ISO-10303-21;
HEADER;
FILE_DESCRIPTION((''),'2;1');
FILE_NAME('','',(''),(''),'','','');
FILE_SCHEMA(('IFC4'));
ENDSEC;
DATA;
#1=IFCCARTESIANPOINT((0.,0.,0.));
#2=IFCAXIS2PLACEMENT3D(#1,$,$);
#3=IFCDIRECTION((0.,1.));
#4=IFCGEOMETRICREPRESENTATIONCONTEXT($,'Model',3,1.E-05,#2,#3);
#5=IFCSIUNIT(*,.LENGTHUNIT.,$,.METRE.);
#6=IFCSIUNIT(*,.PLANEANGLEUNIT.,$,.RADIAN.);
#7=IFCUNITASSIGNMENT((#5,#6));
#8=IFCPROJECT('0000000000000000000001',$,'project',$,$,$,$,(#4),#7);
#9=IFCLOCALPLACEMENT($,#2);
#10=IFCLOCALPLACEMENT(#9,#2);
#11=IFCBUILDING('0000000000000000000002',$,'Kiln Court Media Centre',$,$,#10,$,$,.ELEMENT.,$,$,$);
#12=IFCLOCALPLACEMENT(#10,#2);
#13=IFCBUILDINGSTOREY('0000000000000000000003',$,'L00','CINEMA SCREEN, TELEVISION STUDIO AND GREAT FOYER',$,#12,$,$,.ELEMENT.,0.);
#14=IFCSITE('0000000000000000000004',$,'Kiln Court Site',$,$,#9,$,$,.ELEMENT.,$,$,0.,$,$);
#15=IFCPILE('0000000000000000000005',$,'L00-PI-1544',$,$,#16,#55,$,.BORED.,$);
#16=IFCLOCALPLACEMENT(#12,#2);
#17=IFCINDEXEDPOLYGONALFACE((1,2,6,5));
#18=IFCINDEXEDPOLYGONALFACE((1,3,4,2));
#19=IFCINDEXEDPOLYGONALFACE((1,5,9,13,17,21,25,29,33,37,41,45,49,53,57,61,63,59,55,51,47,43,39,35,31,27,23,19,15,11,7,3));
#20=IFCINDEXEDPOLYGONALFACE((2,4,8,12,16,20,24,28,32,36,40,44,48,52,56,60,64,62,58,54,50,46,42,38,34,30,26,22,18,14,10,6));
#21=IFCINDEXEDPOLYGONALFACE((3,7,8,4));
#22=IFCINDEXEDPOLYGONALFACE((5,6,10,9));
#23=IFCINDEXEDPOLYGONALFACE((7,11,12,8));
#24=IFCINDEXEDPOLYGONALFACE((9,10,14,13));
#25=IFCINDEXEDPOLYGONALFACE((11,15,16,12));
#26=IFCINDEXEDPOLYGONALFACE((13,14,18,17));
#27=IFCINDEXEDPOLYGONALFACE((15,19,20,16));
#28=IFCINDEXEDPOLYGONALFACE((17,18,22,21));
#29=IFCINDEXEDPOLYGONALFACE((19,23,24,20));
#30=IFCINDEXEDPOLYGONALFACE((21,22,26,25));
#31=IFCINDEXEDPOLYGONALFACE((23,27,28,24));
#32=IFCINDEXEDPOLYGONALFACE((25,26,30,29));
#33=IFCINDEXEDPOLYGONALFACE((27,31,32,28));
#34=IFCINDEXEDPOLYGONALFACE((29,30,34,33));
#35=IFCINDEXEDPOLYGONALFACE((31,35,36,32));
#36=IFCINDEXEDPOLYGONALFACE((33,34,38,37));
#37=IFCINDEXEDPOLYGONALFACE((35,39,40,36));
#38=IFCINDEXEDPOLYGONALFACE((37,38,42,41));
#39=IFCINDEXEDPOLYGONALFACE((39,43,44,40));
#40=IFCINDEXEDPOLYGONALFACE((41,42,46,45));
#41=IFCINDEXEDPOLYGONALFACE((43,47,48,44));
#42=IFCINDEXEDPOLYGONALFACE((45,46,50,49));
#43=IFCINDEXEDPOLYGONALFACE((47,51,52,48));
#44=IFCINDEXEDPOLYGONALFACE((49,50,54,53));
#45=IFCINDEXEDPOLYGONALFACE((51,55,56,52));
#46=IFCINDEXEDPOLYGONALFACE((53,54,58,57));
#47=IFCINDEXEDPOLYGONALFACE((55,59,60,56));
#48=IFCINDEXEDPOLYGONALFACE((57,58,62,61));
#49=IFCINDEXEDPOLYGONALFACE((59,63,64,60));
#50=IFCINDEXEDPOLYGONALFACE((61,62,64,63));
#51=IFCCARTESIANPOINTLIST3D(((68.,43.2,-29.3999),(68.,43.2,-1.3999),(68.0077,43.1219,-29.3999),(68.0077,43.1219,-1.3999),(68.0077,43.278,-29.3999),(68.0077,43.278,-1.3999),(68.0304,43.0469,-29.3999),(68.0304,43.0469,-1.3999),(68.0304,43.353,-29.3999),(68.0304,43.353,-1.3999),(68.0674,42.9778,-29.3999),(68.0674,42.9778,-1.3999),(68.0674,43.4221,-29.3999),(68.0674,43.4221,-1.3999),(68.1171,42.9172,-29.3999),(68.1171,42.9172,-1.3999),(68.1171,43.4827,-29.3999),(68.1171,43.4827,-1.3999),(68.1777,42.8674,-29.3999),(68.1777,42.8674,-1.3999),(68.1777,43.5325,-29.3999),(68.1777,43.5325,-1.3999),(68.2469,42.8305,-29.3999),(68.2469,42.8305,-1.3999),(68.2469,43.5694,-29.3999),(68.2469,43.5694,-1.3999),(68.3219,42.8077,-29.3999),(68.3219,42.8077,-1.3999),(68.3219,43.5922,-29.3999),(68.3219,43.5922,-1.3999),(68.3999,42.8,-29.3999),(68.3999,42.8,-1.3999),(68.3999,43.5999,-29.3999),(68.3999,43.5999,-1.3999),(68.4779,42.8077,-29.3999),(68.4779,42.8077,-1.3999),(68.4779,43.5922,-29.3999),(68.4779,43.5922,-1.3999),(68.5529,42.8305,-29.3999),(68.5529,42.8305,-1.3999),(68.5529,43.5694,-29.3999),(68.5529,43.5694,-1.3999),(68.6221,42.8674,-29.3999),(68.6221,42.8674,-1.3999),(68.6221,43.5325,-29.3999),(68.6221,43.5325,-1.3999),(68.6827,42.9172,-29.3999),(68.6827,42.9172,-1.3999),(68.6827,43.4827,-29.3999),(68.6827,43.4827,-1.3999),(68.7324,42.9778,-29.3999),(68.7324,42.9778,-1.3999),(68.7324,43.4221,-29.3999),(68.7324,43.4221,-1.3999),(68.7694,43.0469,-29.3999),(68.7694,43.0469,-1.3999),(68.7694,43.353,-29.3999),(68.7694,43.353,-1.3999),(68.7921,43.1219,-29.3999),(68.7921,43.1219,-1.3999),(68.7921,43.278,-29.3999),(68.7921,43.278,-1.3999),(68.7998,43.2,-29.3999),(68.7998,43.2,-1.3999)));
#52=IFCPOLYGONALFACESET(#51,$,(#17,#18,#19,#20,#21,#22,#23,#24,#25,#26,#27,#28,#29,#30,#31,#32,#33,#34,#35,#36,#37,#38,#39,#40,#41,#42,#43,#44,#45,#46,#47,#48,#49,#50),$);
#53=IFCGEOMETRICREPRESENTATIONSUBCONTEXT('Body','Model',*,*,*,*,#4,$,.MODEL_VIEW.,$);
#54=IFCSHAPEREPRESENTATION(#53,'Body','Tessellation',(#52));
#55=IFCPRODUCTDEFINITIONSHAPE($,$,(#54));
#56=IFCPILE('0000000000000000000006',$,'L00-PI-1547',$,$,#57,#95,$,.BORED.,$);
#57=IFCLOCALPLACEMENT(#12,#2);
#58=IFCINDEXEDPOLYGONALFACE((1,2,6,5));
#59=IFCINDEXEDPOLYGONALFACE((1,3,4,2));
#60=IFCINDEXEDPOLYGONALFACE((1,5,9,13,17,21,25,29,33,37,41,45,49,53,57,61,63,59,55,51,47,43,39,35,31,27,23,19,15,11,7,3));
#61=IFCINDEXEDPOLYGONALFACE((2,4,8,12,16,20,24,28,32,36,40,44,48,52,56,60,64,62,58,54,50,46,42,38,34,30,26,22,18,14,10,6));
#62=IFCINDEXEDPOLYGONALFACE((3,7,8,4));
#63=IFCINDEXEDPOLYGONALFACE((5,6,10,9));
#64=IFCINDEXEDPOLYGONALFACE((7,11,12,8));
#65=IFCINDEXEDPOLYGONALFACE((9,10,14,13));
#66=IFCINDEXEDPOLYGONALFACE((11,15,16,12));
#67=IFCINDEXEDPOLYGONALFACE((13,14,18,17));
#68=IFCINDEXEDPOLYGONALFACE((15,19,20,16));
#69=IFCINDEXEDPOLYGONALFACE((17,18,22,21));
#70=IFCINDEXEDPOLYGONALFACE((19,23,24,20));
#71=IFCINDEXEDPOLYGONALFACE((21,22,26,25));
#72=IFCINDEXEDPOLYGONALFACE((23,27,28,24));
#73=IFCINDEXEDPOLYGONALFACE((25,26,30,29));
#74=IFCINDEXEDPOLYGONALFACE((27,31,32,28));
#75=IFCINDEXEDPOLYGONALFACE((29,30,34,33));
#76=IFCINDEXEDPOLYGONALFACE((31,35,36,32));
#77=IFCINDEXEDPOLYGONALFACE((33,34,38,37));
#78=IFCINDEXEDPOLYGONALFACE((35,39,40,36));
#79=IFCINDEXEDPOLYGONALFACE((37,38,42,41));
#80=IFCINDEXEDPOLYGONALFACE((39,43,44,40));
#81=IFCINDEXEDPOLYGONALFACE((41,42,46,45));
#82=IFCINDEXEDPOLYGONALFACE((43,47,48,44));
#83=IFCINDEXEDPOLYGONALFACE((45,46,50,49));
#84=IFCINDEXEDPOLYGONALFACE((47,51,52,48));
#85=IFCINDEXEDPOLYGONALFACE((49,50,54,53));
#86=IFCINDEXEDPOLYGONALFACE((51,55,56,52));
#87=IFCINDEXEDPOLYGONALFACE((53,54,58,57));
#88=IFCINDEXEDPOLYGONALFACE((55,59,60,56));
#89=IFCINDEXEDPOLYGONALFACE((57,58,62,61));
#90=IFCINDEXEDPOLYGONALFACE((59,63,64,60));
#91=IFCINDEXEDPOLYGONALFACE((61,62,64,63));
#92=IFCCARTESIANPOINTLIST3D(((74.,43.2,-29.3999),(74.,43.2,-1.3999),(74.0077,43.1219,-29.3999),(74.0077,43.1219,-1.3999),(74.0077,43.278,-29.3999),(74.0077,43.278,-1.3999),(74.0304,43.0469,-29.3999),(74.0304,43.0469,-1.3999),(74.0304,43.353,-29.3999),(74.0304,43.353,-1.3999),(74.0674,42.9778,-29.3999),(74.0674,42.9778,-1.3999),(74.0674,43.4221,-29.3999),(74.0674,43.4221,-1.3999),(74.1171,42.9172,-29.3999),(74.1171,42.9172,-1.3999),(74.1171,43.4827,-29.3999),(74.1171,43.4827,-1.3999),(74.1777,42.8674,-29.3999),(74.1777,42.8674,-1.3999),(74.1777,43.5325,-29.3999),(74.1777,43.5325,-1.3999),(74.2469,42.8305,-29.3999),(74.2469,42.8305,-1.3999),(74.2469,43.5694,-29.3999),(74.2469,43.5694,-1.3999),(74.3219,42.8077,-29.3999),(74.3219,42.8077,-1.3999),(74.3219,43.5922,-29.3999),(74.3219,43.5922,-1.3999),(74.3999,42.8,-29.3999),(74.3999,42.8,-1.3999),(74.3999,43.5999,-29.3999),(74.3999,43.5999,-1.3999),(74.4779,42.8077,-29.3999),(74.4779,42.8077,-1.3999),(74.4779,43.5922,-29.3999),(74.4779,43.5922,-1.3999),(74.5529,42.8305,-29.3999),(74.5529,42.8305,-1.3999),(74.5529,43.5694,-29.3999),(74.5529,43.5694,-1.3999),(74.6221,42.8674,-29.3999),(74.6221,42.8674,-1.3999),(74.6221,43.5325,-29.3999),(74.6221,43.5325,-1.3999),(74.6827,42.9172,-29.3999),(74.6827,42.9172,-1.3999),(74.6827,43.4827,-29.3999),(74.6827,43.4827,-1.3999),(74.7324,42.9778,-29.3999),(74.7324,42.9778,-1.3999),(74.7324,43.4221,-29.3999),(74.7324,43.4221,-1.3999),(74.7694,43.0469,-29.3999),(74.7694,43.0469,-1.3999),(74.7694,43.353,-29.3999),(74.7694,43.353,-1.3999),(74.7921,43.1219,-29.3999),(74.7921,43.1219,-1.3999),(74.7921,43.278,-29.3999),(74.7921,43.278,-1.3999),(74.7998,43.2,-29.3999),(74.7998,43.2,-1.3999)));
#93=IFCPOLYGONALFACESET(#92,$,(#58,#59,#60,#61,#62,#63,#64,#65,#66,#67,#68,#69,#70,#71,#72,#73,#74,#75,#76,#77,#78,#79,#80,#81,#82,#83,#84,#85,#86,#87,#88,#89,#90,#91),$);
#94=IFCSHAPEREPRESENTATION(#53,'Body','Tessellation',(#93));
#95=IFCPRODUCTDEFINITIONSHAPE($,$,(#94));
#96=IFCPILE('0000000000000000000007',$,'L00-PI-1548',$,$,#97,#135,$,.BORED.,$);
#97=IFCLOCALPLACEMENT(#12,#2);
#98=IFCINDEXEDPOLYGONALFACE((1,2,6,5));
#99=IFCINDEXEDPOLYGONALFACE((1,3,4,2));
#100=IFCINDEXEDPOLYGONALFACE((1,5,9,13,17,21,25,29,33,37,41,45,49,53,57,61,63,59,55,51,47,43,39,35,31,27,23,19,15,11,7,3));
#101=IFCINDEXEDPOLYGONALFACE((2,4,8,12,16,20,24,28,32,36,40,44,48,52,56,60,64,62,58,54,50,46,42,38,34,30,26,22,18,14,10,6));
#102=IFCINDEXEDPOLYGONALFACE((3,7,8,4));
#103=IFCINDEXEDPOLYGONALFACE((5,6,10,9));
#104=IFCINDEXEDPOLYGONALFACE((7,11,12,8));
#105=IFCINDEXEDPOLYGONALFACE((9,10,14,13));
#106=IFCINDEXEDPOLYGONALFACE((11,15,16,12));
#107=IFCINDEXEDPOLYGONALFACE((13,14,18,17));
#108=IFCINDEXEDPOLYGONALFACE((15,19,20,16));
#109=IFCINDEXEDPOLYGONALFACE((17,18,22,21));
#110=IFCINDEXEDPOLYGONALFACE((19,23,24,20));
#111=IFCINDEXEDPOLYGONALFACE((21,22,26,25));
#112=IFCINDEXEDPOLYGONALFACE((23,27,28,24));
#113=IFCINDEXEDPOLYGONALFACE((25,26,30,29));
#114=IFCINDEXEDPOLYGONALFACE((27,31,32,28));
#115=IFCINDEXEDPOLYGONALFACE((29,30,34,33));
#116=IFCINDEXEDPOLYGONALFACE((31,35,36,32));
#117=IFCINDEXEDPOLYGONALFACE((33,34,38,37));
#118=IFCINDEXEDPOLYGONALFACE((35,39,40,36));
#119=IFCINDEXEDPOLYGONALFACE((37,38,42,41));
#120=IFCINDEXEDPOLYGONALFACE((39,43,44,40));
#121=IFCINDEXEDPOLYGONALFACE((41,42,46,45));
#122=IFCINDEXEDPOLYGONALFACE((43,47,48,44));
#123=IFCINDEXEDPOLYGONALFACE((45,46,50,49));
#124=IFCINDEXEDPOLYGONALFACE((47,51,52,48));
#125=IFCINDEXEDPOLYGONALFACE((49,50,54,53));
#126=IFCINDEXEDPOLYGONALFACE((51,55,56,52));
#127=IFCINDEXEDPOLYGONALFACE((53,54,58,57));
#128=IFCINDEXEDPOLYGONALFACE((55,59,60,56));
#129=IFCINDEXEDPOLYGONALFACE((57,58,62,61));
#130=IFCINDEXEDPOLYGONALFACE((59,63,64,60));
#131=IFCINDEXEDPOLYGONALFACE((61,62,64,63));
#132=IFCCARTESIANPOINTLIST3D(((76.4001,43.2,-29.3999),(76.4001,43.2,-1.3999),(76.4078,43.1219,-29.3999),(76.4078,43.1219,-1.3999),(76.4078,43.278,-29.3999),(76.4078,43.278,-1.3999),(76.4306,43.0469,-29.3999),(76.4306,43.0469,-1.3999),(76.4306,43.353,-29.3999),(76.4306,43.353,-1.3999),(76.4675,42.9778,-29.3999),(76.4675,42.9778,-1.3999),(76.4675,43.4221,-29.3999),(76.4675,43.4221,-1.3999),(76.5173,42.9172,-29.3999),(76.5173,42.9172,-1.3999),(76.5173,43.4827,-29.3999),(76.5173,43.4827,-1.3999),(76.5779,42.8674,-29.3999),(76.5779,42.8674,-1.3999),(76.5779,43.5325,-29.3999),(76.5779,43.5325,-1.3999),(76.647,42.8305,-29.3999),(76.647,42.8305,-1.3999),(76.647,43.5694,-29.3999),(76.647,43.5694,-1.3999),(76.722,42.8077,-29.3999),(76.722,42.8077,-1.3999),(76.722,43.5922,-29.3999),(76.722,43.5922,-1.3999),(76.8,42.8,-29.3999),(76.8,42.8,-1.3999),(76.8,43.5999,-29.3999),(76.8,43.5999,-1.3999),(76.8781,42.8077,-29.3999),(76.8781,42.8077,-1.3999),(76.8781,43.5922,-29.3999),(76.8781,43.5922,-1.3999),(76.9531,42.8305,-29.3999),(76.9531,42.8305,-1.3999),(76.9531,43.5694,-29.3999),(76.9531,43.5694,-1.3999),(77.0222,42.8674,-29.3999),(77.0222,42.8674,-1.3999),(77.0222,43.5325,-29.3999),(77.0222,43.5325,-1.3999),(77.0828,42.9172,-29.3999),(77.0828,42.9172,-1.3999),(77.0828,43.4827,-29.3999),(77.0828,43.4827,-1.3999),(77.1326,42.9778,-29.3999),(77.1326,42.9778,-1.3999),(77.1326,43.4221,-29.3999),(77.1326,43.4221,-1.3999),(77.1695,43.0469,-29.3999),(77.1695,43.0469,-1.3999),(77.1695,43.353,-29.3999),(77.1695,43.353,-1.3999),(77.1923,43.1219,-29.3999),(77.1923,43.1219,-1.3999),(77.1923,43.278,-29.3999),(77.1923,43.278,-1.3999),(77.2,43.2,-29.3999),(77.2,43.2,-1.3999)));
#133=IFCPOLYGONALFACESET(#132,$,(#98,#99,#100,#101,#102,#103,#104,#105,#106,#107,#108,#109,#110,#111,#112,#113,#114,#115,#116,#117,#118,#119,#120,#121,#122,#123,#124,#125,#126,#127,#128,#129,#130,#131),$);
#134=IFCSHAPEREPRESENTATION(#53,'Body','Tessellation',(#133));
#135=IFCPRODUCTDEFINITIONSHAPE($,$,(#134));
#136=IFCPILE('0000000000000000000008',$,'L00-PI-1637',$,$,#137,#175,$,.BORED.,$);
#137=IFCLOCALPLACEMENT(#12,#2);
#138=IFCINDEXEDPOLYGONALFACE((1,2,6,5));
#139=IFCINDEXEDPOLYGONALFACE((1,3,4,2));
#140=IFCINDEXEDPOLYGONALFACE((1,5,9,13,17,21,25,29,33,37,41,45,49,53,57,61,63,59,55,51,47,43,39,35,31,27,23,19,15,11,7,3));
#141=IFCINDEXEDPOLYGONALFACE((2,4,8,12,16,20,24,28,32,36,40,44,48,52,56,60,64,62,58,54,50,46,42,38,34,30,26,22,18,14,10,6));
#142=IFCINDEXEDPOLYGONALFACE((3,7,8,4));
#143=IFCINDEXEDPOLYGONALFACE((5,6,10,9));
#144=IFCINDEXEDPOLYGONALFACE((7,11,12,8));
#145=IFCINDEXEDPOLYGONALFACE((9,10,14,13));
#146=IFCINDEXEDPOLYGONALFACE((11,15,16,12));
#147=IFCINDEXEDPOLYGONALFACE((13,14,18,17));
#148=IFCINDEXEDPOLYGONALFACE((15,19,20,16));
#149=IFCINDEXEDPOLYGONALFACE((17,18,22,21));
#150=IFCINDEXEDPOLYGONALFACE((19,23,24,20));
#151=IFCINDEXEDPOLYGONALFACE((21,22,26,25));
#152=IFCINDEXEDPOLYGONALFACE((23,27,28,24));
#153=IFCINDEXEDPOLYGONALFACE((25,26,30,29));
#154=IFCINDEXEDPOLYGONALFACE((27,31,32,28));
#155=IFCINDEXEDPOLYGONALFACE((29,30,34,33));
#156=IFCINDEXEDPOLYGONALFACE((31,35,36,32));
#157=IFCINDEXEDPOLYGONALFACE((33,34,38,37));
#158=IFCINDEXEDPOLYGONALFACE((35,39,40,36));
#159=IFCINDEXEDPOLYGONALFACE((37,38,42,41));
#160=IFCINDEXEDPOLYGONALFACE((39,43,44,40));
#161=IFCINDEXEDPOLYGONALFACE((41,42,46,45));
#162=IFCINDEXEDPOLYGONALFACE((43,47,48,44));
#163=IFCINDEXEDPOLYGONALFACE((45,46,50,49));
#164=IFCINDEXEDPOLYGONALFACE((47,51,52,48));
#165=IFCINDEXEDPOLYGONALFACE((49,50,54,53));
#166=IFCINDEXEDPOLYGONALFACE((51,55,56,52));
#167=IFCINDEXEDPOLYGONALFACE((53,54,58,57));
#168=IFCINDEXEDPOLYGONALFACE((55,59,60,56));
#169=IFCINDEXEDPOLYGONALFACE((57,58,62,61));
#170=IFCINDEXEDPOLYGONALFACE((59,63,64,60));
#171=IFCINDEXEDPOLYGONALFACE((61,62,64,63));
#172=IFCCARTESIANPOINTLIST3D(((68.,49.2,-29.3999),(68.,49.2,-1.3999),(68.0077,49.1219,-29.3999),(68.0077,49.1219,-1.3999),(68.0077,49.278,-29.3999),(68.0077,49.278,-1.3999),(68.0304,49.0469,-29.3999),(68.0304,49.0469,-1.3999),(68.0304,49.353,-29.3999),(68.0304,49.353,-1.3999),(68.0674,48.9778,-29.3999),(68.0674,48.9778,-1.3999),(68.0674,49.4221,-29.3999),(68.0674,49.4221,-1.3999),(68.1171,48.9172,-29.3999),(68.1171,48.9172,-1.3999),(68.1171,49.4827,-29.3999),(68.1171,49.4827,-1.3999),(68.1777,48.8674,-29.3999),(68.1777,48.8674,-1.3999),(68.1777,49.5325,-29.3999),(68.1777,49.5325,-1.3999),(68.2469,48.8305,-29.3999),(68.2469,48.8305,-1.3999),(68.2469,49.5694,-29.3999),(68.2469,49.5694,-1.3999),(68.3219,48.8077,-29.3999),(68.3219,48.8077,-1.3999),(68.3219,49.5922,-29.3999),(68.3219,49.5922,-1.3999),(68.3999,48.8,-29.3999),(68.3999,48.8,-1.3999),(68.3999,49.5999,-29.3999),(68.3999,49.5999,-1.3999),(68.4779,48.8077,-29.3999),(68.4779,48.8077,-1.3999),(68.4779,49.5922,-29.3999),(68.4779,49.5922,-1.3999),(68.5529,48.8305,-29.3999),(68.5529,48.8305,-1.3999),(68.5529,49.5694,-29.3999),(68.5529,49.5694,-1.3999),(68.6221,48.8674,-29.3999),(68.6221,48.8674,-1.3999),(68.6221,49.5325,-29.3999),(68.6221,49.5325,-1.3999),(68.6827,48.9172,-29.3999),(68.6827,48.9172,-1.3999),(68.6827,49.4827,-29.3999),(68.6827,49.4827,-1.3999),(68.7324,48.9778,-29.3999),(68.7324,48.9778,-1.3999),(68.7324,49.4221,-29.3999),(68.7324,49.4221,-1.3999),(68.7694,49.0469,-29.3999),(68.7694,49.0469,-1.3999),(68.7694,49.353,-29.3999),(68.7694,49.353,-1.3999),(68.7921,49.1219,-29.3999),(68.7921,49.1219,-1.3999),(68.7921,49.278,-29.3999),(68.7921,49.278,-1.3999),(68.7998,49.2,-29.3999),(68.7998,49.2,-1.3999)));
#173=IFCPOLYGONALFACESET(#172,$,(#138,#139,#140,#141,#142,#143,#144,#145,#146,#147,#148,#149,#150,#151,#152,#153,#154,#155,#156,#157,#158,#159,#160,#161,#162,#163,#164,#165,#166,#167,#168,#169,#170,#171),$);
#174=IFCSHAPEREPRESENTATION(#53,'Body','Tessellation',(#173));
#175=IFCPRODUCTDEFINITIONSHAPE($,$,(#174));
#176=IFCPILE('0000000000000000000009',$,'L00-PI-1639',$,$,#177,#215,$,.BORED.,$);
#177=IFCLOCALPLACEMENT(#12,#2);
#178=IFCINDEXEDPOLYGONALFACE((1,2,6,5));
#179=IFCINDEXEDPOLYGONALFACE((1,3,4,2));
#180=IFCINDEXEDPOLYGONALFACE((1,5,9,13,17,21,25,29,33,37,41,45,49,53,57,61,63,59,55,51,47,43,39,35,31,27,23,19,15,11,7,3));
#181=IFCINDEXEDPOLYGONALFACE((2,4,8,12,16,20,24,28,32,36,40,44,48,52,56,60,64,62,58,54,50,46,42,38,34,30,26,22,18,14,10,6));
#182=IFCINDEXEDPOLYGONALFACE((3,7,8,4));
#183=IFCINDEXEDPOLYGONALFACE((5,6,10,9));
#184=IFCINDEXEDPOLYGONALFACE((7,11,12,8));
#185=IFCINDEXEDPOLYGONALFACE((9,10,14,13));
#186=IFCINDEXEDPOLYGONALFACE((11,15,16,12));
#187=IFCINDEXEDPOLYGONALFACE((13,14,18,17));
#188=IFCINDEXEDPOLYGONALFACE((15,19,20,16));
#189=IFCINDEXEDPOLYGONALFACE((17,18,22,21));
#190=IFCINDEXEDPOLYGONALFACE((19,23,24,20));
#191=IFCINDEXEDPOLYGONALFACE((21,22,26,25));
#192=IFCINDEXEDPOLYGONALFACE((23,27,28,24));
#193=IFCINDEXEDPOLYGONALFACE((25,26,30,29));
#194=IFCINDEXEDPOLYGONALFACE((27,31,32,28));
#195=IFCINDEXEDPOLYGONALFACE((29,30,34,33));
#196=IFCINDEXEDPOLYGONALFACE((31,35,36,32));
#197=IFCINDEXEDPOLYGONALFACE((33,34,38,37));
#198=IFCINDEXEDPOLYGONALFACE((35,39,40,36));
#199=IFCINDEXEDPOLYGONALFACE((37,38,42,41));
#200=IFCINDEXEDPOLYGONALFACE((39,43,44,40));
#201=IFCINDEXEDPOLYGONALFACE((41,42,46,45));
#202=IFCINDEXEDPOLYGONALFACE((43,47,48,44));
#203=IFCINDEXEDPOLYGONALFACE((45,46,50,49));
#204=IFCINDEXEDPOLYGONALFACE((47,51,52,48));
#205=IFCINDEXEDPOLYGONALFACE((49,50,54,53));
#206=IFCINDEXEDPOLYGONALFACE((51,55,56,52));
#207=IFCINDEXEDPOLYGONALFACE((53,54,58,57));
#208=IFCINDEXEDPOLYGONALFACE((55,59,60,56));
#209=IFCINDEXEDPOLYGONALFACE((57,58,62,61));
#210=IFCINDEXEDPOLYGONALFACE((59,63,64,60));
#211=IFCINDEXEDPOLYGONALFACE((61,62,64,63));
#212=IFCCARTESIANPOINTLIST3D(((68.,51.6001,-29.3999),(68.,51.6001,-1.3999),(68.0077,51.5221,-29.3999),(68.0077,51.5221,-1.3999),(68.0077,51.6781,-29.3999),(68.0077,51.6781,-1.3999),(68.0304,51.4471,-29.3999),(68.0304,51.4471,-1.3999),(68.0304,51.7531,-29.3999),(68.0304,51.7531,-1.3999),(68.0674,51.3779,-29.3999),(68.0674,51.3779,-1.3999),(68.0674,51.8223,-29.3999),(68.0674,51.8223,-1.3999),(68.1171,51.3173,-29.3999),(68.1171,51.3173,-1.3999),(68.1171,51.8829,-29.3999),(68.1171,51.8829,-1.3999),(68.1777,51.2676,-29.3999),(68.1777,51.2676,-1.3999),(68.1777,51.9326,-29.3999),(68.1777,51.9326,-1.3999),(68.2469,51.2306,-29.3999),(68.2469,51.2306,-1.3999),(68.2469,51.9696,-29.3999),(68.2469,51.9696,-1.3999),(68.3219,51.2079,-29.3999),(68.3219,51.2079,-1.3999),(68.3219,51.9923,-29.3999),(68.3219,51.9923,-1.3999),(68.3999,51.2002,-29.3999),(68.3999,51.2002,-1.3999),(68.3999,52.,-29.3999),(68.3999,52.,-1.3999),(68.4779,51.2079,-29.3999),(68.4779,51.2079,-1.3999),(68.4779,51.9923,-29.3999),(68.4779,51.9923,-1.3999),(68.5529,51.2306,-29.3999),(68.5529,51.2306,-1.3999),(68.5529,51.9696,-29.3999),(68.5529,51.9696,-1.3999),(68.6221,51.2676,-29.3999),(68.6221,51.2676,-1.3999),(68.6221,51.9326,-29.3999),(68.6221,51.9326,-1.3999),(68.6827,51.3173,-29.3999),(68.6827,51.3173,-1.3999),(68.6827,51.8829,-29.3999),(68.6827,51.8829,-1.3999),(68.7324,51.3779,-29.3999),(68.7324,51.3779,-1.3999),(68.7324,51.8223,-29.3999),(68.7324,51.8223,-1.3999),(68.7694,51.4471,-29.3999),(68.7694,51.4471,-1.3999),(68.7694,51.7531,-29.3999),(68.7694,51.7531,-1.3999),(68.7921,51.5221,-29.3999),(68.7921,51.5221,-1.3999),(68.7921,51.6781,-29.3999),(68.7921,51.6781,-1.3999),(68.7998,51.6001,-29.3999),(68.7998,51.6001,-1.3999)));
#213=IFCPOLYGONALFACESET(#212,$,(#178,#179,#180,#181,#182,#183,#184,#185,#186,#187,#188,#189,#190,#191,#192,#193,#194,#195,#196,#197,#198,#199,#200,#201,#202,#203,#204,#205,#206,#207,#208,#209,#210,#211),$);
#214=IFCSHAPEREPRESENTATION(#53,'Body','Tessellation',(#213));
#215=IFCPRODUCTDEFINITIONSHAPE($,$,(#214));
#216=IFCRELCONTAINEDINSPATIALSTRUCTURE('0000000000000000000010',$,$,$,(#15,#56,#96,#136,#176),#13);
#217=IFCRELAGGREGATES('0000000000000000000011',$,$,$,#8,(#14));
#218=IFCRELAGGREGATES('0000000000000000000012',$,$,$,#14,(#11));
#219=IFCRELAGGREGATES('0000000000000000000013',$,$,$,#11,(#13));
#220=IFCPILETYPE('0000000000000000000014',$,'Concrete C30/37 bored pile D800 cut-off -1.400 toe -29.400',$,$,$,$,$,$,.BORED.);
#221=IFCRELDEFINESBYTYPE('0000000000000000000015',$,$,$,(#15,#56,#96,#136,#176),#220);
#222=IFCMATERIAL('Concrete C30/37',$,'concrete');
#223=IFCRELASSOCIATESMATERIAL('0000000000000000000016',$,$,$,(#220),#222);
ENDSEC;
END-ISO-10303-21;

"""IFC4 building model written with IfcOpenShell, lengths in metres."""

from ifc_helpers import new_model, si_unit, direction, frame, origin, origin_2d, place, context, subcontext, project, spatial, circle, extrude, material, material_profile, profile_set, type_object, element, save


model = new_model("IFC4")

# Units and contexts
model_context = context("Model", 3, precision=1e-05, world=origin(), true_north=direction((0.0, 1.0)))
body_context = subcontext(model_context, "Body", "Model", "MODEL_VIEW")
ifc_project = project(units=[si_unit("LENGTHUNIT", "METRE"), si_unit("PLANEANGLEUNIT", "RADIAN")], contexts=[model_context])

# Site, building, storey
site_placement = place(None, origin())
site = spatial("IfcSite", under=ifc_project, at=site_placement, Name="Kiln Court Site", CompositionType="ELEMENT", RefElevation=0.0)
building_placement = place(site_placement, origin())
building = spatial("IfcBuilding", under=site, at=building_placement, Name="Kiln Court Media Centre", CompositionType="ELEMENT")
storey_placement = place(building_placement, origin())
storey = spatial("IfcBuildingStorey", under=building, at=storey_placement, Name="L00", Description="CINEMA SCREEN, TELEVISION STUDIO AND GREAT FOYER", CompositionType="ELEMENT", Elevation=0.0)

# Piles
ifc_material_1 = material(Name="Concrete C30/37", Category="concrete")
ifc_material_profile_1 = material_profile(ifc_material_1, circle(Radius=0.3999, at=origin_2d()), Name="PILE D800")
ifc_profile_set_1 = profile_set([ifc_material_profile_1], Name="Concrete C30/37")
pile_type_1 = type_object("IfcPileType", Name="Concrete C30/37 bored pile D800 cut-off -1.400 toe -29.400", PredefinedType="BORED", material=ifc_profile_set_1)
for number, where, z_axis, x_axis, name in (
    (1, (68.3999, 43.2, -1.3999), (0.0, 0.0, -1.0), (1.0, 0.0, 0.0), "L00-PI-1544"),
    (2, (74.3999, 43.2, -1.3999), (0.0, 0.0, -1.0), (1.0, 0.0, 0.0), "L00-PI-1547"),
    (3, (76.8, 43.2, -1.3999), (0.0, 0.0, -1.0), (1.0, 0.0, 0.0), "L00-PI-1548"),
    (4, (68.3999, 49.2, -1.3999), (0.0, 0.0, -1.0), (1.0, 0.0, 0.0), "L00-PI-1637"),
    (5, (68.3999, 51.6001, -1.3999), (0.0, 0.0, -1.0), (1.0, 0.0, 0.0), "L00-PI-1639"),
):
    element("IfcPile", number, at=place(storey_placement, frame(where, z_axis=z_axis, x_axis=x_axis)), inside=storey, type_object=pile_type_1, Name=name, PredefinedType="BORED", context=body_context, shape_type="SweptSolid", body=[
        extrude(circle(Radius=0.3999, at=origin_2d()), origin(), (0.0, 0.0, 1.0), 28.0),
    ])

save(model, "model.ifc")
